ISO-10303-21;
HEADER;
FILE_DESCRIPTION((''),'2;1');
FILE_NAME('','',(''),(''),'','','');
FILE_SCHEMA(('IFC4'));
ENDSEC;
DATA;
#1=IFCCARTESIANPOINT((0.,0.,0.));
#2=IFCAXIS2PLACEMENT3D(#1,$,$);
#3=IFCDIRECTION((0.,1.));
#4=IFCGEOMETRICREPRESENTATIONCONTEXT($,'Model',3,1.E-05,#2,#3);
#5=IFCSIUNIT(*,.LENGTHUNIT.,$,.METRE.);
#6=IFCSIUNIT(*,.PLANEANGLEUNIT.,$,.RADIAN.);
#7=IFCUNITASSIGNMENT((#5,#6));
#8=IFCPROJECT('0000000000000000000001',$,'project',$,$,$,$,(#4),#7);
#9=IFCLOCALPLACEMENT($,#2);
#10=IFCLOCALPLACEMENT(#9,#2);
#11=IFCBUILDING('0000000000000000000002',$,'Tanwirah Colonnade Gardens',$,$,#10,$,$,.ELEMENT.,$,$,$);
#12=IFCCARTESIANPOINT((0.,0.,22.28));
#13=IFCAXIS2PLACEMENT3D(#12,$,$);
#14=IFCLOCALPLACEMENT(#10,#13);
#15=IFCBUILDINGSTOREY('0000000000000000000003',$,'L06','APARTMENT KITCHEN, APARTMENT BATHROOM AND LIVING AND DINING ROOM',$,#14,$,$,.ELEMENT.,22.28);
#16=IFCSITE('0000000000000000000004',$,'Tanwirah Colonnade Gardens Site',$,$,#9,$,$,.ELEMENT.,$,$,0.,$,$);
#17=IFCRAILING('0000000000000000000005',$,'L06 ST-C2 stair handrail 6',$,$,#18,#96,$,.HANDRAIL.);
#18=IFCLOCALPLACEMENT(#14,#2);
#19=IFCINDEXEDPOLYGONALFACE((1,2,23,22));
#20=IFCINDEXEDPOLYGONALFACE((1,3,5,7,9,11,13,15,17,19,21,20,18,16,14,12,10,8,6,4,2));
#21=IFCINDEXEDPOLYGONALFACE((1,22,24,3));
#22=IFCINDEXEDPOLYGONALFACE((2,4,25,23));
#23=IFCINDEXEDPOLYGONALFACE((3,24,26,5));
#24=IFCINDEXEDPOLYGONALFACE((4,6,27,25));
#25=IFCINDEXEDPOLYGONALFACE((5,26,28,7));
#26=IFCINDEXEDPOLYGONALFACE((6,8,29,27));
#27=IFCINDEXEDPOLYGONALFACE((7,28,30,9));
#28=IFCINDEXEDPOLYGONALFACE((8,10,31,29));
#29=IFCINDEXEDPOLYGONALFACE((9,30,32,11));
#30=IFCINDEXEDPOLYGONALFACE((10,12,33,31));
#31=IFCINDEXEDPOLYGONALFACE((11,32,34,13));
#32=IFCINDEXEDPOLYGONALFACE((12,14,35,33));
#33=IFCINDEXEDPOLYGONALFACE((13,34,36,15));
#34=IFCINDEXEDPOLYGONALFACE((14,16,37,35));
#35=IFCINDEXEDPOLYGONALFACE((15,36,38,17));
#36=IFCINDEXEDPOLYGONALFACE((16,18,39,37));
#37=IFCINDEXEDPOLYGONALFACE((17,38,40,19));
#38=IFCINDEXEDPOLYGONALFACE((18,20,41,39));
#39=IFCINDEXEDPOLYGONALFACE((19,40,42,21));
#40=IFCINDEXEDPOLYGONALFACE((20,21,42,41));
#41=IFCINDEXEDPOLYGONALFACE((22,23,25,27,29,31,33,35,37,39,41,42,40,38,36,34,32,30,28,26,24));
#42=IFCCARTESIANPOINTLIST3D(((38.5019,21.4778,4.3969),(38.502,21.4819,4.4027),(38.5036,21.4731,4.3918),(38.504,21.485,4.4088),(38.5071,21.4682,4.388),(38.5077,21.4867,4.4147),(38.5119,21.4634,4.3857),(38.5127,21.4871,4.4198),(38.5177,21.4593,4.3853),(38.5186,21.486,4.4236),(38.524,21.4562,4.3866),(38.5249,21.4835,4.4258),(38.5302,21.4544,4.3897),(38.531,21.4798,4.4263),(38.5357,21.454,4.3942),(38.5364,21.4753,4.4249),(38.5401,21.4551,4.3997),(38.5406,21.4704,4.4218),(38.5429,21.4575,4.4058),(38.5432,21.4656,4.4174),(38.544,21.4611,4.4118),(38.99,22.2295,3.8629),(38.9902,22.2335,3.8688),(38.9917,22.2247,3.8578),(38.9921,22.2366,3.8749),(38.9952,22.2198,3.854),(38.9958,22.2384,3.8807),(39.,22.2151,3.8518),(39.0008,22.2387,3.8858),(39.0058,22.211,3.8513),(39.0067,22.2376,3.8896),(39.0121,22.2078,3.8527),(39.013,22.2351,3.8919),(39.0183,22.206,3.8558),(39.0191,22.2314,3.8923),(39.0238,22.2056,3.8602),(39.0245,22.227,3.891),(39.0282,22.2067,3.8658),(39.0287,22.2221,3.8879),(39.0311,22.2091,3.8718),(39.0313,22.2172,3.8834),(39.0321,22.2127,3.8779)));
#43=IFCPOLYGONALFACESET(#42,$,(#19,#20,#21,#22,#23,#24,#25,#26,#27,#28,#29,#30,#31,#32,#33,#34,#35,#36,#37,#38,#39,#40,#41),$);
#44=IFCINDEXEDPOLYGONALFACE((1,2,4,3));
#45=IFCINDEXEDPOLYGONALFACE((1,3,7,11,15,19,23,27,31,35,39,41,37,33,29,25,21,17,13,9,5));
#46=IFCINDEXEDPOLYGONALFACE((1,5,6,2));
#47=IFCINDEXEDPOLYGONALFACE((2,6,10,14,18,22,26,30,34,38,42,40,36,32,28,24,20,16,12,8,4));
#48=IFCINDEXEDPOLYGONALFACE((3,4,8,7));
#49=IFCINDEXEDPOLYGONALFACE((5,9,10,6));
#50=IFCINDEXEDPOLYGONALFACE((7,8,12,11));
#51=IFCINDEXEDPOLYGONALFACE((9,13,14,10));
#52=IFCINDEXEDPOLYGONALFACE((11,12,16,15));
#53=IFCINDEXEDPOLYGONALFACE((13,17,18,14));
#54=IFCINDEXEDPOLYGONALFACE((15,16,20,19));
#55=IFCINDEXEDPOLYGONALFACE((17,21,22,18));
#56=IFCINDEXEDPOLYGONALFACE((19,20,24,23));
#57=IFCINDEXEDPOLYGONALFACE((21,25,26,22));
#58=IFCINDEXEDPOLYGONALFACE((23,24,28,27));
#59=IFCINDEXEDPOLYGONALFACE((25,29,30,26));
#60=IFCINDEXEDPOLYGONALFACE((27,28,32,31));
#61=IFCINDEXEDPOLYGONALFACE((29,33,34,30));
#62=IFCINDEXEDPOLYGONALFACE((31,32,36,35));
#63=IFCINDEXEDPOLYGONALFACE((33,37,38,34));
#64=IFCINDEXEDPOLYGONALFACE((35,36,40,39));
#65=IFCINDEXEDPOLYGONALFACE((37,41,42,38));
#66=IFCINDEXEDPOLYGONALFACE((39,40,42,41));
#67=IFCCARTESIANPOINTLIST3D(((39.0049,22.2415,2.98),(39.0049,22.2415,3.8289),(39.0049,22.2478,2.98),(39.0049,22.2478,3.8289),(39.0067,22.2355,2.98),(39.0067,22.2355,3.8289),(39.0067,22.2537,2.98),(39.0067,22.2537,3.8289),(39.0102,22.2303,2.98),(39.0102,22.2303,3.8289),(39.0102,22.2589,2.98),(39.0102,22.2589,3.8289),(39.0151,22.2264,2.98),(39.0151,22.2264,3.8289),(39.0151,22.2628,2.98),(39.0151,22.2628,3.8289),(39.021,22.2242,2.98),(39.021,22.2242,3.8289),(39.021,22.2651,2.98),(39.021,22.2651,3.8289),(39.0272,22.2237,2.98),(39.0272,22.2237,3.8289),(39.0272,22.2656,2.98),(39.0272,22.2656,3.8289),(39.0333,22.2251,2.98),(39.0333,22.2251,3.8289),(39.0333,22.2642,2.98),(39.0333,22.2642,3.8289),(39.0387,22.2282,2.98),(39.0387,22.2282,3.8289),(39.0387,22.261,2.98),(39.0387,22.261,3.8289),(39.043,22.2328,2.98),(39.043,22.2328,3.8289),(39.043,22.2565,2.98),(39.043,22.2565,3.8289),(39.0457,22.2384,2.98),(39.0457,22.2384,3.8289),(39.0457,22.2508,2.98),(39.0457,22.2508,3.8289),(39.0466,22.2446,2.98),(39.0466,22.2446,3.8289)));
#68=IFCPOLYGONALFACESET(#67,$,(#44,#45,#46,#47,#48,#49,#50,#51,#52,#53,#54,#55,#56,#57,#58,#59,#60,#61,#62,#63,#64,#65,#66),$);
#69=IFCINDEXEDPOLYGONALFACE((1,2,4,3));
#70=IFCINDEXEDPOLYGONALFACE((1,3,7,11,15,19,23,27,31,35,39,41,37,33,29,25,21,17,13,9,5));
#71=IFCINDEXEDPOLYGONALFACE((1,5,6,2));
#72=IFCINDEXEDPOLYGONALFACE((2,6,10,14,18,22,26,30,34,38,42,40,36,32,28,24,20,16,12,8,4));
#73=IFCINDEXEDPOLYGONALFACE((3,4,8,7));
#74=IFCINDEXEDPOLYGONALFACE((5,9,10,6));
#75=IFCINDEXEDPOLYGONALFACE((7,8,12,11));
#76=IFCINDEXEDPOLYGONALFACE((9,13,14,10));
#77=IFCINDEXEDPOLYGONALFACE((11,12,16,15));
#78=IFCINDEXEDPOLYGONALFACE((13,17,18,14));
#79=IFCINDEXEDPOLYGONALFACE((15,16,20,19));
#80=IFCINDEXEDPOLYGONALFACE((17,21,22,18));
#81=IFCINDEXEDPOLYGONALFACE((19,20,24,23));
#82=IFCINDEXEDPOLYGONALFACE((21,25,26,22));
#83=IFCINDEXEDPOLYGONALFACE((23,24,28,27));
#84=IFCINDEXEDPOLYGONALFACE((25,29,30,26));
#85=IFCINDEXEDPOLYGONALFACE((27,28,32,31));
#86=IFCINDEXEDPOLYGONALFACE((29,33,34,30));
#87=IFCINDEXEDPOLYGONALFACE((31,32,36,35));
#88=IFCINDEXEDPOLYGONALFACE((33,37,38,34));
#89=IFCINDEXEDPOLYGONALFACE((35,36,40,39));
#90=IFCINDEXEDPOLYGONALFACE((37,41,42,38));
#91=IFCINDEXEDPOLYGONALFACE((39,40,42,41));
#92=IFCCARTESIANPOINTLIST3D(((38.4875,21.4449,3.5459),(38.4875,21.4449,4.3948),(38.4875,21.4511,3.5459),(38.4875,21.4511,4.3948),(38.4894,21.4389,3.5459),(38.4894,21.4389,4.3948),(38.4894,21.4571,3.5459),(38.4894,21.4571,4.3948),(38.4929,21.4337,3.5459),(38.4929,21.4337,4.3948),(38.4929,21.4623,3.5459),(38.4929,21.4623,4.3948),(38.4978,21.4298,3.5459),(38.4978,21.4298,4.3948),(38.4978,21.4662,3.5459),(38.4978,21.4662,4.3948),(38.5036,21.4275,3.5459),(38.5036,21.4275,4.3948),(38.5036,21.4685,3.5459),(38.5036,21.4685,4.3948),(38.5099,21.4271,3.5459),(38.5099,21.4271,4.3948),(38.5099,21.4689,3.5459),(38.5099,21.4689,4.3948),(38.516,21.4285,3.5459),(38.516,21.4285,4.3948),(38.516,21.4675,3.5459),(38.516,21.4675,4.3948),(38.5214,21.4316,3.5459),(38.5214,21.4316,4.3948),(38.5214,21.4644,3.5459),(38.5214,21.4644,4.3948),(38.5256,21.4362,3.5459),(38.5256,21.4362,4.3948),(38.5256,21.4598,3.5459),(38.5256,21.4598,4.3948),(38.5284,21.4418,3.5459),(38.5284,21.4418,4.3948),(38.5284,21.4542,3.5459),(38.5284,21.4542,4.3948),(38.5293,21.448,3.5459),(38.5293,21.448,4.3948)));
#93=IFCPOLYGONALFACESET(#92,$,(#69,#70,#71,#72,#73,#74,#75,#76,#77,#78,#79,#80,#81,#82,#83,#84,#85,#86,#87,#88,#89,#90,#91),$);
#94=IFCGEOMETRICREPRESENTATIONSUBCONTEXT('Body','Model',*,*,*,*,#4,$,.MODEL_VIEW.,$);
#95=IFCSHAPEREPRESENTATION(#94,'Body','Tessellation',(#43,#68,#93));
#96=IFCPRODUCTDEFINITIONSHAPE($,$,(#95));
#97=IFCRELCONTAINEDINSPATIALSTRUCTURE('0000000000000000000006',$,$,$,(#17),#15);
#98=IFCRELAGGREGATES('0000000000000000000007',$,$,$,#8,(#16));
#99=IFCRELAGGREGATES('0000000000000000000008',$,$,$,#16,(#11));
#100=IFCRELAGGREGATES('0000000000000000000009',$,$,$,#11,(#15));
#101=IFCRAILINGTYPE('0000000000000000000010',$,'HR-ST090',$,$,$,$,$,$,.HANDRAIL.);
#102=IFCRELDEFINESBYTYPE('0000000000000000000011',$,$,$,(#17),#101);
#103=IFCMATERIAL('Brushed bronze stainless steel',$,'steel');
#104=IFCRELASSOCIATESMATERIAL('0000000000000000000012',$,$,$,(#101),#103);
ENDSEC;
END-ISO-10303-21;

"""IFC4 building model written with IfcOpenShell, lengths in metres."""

from ifc_helpers import new_model, si_unit, direction, frame, origin, origin_2d, place, context, subcontext, project, spatial, circle, extrude, material, type_object, element, save


model = new_model("IFC4")

# Units and contexts
model_context = context("Model", 3, precision=1e-05, world=origin(), true_north=direction((0.0, 1.0)))
body_context = subcontext(model_context, "Body", "Model", "MODEL_VIEW")
ifc_project = project(units=[si_unit("LENGTHUNIT", "METRE"), si_unit("PLANEANGLEUNIT", "RADIAN")], contexts=[model_context])

# Site, building, storey
site_placement = place(None, origin())
site = spatial("IfcSite", under=ifc_project, at=site_placement, Name="Tanwirah Colonnade Gardens Site", CompositionType="ELEMENT", RefElevation=0.0)
building_placement = place(site_placement, origin())
building = spatial("IfcBuilding", under=site, at=building_placement, Name="Tanwirah Colonnade Gardens", CompositionType="ELEMENT")
storey_placement = place(building_placement, frame((0.0, 0.0, 22.28)))
storey = spatial("IfcBuildingStorey", under=building, at=storey_placement, Name="L06", Description="APARTMENT KITCHEN, APARTMENT BATHROOM AND LIVING AND DINING ROOM", CompositionType="ELEMENT", Elevation=22.28)

# Railing
ifc_material_1 = material(Name="Brushed bronze stainless steel", Category="steel")
railing_type_1 = type_object("IfcRailingType", Name="HR-ST090", PredefinedType="HANDRAIL", material=ifc_material_1)
for number, where, name in (
    (1, (39.0256, 22.2446, 2.98), "L06 ST-C2 stair handrail 6"),
):
    element("IfcRailing", number, at=place(storey_placement, frame(where)), inside=storey, type_object=railing_type_1, Name=name, PredefinedType="HANDRAIL", context=body_context, shape_type="SweptSolid", body=[
        extrude(circle(Radius=0.0239, at=origin_2d()), frame((-0.0146, -0.0225, 0.8918), z_axis=(-0.46789, -0.720492, 0.51183), x_axis=(0.838673, -0.544636, 0.0)), (0.0, 0.0, 1.0), 1.0432),
        extrude(circle(Radius=0.021, at=origin_2d()), origin(), (0.0, 0.0, 1.0), 0.8489),
        extrude(circle(Radius=0.021, at=origin_2d()), frame((-0.5173, -0.7966, 0.5659)), (0.0, 0.0, 1.0), 0.8489),
    ])

save(model, "model.ifc")
